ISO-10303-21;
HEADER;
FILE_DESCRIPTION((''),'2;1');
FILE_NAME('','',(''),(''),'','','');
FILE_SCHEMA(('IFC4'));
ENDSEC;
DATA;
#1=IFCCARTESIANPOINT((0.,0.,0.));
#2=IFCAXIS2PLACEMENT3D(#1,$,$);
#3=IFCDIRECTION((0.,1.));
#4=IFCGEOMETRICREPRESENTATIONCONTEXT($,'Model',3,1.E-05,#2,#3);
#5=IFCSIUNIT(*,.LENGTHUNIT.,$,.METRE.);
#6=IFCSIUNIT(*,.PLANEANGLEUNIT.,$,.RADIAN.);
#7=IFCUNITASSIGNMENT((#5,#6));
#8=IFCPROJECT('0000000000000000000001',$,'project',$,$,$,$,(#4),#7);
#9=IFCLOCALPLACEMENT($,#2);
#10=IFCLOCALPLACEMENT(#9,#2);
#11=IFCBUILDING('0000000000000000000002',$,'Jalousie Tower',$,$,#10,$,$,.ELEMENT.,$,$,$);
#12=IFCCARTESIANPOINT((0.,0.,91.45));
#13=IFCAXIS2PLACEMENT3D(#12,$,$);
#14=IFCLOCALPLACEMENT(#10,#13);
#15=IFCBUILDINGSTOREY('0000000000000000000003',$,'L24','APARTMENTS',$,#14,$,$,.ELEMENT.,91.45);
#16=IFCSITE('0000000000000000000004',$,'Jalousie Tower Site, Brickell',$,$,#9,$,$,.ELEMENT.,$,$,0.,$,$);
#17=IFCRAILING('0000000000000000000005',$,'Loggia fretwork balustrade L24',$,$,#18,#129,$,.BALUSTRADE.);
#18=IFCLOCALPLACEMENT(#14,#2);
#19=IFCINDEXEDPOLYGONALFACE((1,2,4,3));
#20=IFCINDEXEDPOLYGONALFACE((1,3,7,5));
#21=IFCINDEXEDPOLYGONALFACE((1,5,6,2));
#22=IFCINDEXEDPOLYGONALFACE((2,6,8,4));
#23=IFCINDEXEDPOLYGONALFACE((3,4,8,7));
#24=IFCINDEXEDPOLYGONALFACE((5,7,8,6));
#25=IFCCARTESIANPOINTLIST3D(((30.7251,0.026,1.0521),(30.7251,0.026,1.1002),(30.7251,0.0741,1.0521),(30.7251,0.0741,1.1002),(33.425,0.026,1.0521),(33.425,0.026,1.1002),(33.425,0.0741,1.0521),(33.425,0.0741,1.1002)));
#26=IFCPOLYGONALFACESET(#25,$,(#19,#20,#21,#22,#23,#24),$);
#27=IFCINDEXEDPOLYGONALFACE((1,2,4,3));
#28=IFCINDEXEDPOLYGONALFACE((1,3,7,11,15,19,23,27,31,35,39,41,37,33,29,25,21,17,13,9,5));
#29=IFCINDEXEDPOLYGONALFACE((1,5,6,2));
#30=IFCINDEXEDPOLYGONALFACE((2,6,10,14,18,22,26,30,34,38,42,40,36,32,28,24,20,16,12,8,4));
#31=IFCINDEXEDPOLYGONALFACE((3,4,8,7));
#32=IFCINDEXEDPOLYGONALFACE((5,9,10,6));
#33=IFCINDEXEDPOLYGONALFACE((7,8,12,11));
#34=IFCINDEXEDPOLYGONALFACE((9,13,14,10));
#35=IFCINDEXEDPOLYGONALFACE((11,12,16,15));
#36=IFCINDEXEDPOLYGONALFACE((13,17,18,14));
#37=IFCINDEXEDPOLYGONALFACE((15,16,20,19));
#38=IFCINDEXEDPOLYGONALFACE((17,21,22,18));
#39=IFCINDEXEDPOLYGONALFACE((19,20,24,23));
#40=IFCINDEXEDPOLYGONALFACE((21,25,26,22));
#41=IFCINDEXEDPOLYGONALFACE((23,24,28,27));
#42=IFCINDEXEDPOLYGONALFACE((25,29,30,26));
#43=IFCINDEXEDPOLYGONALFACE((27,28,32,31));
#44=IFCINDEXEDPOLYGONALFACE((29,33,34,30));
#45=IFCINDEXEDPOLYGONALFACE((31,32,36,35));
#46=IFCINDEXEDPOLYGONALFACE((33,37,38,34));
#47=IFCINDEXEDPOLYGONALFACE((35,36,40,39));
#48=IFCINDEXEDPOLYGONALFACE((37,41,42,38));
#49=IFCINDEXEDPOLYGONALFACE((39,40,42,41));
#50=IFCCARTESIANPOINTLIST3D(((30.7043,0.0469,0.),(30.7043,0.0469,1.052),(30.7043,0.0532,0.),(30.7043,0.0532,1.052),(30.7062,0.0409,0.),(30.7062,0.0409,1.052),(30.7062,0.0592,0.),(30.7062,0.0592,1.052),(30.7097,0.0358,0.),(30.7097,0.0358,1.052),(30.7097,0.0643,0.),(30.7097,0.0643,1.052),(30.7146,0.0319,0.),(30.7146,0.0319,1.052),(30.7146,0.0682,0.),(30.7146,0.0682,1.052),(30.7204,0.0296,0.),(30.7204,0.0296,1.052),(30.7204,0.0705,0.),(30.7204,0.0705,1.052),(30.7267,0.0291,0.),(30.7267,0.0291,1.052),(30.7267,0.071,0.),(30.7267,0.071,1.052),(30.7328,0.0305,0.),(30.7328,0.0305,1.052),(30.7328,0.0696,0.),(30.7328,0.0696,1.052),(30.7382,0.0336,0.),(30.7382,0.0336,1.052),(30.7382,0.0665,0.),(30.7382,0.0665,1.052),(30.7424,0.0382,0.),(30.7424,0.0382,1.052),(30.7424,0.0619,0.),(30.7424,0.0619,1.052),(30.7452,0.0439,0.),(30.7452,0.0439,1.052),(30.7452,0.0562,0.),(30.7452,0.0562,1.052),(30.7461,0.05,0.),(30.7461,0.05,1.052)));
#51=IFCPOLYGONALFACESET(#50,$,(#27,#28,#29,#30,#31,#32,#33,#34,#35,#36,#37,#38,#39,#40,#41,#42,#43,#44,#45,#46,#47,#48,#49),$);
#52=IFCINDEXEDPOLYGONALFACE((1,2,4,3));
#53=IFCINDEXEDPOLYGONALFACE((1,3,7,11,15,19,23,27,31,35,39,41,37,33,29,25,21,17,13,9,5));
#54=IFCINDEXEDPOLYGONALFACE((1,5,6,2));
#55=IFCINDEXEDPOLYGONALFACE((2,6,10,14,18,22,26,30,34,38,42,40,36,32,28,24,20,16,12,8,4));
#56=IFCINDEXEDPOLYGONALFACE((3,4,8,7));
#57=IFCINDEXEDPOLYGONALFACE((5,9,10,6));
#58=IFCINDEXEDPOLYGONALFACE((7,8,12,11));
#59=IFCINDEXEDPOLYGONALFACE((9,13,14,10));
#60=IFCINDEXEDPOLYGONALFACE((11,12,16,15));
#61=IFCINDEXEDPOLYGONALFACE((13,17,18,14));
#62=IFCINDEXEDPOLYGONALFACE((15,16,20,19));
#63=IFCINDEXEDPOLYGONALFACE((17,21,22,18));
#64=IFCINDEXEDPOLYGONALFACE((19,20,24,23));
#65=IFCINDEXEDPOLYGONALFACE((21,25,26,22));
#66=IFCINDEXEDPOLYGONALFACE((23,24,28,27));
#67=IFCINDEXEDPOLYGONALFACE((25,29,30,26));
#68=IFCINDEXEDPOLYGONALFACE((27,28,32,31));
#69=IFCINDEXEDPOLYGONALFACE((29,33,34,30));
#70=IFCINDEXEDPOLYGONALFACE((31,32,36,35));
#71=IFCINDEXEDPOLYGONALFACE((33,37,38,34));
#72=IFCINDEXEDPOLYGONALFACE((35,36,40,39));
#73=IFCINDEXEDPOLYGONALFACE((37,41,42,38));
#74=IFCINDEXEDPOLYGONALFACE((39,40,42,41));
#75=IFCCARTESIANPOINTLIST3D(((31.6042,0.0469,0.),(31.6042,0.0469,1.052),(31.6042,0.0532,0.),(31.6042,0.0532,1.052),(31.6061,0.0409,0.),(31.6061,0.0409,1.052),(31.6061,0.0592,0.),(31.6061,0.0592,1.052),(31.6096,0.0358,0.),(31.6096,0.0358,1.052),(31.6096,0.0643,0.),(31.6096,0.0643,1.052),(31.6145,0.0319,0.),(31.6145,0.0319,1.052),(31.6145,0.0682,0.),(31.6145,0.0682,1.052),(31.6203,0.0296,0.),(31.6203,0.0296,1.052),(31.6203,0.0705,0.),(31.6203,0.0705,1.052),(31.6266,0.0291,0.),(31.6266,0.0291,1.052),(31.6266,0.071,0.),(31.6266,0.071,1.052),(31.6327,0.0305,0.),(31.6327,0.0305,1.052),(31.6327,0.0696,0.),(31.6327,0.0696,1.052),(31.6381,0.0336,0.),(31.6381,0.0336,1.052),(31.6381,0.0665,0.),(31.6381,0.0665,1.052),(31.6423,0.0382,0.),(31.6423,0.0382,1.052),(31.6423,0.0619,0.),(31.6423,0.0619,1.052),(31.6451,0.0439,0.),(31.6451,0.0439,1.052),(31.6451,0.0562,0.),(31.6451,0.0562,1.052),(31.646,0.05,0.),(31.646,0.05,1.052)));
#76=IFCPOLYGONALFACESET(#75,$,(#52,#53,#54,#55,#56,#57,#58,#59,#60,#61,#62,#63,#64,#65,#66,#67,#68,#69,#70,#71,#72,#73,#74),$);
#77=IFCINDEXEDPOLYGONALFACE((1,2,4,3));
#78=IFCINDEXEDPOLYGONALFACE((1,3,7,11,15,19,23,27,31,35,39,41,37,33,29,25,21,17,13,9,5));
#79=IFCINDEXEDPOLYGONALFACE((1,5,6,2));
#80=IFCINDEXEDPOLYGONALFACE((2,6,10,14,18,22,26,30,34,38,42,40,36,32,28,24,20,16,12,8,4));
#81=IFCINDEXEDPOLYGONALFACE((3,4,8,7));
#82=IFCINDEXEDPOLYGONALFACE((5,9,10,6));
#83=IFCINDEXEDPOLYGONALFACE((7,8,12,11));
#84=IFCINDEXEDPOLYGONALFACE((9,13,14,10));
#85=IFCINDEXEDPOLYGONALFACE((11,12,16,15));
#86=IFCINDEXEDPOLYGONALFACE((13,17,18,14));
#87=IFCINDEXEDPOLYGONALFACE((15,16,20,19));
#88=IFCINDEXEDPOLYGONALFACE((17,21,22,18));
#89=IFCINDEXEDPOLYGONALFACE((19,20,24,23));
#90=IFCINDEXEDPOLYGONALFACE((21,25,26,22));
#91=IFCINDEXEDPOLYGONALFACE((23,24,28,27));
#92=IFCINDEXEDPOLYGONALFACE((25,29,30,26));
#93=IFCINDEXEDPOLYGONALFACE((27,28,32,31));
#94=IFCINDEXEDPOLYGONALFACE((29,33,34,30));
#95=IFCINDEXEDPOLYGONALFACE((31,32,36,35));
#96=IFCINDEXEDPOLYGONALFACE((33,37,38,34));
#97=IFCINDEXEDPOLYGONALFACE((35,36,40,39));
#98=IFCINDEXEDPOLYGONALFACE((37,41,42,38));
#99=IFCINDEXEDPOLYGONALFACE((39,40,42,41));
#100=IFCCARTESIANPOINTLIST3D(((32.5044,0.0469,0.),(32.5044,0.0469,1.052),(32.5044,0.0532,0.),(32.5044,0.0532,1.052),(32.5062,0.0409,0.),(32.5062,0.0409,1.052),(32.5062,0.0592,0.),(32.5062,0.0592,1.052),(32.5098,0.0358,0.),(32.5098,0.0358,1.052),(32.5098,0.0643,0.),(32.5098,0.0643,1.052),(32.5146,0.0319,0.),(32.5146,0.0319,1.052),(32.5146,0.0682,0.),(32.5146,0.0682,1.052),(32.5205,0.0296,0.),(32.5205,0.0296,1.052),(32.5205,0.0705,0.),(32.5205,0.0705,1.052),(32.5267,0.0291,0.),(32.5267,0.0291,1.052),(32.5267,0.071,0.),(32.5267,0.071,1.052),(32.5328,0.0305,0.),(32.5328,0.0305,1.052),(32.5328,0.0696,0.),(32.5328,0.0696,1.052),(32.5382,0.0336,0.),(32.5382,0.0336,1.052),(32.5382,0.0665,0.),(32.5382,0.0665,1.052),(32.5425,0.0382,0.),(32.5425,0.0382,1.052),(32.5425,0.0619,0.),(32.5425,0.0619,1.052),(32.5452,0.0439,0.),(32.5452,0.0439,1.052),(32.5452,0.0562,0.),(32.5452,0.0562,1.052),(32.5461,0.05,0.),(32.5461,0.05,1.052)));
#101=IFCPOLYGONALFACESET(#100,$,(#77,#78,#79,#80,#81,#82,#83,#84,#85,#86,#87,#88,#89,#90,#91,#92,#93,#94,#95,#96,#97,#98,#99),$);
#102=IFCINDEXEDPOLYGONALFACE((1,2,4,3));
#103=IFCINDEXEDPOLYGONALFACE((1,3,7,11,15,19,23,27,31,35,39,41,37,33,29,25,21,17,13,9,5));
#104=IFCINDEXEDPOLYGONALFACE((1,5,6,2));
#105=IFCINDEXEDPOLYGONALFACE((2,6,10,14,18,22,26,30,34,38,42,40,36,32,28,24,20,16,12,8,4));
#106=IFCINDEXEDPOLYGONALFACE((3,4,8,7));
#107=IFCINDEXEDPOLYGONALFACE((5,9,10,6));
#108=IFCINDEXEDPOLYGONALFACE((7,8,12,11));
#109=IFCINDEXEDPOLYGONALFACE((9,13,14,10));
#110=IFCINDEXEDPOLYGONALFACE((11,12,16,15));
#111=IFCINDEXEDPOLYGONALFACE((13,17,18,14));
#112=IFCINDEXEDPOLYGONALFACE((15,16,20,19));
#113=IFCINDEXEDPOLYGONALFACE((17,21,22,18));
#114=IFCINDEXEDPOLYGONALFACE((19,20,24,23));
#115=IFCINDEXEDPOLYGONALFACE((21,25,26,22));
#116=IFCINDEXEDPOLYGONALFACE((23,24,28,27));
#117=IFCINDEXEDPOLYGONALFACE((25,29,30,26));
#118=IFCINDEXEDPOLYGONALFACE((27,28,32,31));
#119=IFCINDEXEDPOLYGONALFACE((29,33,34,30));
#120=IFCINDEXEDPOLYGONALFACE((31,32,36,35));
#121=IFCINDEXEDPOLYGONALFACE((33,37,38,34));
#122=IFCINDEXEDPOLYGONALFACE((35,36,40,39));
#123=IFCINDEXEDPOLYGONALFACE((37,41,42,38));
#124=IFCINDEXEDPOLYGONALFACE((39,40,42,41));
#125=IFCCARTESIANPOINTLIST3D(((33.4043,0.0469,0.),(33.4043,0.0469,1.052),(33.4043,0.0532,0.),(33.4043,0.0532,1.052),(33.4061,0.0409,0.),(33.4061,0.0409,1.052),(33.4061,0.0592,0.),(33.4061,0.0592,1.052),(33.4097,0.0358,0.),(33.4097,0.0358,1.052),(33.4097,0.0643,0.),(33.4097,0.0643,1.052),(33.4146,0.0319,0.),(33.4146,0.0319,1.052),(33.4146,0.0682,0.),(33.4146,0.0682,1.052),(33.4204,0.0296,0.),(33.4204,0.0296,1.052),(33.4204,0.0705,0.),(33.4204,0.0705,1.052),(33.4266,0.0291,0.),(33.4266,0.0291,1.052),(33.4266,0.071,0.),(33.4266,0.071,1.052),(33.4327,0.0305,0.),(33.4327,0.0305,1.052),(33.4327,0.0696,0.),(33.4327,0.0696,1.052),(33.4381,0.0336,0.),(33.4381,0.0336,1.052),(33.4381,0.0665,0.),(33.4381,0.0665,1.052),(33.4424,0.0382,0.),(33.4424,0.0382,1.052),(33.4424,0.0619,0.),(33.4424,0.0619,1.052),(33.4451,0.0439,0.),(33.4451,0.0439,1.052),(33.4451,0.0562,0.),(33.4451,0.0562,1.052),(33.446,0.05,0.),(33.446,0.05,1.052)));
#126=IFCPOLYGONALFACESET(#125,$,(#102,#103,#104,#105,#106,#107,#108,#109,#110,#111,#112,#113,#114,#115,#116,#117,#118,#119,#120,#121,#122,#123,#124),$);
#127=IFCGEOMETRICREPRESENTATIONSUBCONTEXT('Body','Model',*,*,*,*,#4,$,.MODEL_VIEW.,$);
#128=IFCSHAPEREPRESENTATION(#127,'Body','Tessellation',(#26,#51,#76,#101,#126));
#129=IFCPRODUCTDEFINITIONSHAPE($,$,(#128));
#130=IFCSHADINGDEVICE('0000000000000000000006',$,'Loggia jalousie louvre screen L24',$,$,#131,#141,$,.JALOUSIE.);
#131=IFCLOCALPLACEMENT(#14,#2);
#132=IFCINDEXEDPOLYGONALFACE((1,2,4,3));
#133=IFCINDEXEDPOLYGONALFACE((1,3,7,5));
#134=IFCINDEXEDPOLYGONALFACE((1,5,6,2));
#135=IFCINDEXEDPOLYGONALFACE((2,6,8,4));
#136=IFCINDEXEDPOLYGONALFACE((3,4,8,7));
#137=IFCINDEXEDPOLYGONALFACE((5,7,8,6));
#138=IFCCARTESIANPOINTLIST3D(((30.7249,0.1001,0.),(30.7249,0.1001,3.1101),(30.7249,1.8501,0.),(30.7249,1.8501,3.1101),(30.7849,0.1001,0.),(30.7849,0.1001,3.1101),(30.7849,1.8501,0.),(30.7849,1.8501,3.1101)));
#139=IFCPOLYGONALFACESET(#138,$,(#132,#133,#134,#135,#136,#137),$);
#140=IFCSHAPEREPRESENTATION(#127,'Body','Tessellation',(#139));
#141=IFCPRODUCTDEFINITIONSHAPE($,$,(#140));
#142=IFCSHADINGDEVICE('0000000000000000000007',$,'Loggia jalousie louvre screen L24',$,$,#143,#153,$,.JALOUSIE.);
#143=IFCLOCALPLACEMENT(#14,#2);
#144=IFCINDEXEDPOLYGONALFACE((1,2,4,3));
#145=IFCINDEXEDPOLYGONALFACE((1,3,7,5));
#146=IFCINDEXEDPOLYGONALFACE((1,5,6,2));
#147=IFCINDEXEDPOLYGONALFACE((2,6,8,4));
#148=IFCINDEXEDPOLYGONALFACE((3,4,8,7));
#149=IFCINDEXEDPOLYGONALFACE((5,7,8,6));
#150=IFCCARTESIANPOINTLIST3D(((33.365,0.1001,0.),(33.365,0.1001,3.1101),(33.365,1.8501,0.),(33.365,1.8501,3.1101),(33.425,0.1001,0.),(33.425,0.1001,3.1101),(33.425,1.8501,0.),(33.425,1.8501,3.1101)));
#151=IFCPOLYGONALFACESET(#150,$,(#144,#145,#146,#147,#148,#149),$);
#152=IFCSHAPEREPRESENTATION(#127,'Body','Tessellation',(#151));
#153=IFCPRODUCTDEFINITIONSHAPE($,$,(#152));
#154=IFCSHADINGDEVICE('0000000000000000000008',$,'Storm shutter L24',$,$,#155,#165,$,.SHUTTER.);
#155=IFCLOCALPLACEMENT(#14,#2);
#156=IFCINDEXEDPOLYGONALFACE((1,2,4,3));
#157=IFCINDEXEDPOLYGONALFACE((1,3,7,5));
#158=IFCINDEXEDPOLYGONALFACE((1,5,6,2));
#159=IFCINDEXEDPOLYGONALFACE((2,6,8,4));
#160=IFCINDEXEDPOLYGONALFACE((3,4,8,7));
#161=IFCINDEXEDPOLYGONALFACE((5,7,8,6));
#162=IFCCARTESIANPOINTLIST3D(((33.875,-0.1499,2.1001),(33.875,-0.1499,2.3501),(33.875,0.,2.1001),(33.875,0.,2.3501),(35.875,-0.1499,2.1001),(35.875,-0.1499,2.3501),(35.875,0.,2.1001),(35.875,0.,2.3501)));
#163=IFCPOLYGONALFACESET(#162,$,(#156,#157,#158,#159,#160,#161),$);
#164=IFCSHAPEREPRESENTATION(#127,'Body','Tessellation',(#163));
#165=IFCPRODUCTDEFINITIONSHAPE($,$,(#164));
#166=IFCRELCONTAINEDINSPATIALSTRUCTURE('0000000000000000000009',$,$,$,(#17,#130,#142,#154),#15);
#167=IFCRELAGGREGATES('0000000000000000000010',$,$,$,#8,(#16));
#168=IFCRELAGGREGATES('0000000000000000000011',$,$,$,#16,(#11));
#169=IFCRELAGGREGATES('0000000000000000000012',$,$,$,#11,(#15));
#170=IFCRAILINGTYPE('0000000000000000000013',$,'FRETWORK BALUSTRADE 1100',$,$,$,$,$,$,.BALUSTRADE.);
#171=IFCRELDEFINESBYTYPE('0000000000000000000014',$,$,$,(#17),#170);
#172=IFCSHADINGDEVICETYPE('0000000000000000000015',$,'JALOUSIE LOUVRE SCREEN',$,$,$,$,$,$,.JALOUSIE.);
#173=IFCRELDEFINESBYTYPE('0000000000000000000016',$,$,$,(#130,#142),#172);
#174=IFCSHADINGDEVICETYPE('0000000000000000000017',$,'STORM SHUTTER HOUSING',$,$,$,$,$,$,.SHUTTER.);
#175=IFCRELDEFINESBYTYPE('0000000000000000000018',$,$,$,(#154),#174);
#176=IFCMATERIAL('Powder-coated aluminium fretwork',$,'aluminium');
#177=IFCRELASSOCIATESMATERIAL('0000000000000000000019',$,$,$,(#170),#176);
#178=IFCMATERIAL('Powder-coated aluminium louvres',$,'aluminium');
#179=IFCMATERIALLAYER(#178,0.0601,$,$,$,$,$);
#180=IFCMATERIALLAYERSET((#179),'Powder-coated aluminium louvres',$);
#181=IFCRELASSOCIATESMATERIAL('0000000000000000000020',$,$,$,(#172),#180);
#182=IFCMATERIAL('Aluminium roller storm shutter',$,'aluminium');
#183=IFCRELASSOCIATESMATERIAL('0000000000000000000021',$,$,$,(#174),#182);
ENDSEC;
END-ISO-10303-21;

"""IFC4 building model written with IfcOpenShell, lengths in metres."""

from ifc_helpers import new_model, si_unit, direction, frame, origin, origin_2d, place, context, subcontext, project, spatial, rectangle, circle, extrude, material, layer, layer_set, type_object, element, save


model = new_model("IFC4")

# Units and contexts
model_context = context("Model", 3, precision=1e-05, world=origin(), true_north=direction((0.0, 1.0)))
body_context = subcontext(model_context, "Body", "Model", "MODEL_VIEW")
ifc_project = project(units=[si_unit("LENGTHUNIT", "METRE"), si_unit("PLANEANGLEUNIT", "RADIAN")], contexts=[model_context])

# Site, building, storey
site_placement = place(None, origin())
site = spatial("IfcSite", under=ifc_project, at=site_placement, Name="Jalousie Tower Site, Brickell", CompositionType="ELEMENT", RefElevation=0.0)
building_placement = place(site_placement, origin())
building = spatial("IfcBuilding", under=site, at=building_placement, Name="Jalousie Tower", CompositionType="ELEMENT")
storey_placement = place(building_placement, frame((0.0, 0.0, 91.45)))
storey = spatial("IfcBuildingStorey", under=building, at=storey_placement, Name="L24", Description="APARTMENTS", CompositionType="ELEMENT", Elevation=91.45)

# Railing
ifc_material_1 = material(Name="Powder-coated aluminium fretwork", Category="aluminium")
railing_type = type_object("IfcRailingType", Name="FRETWORK BALUSTRADE 1100", PredefinedType="BALUSTRADE", material=ifc_material_1)
railing_placement = place(storey_placement, frame((30.7251, 0.05, 0.0)))
element("IfcRailing", 1, at=railing_placement, inside=storey, type_object=railing_type, Name="Loggia fretwork balustrade L24", PredefinedType="BALUSTRADE", context=body_context, shape_type="SweptSolid", body=[
    extrude(rectangle(XDim=0.0481, YDim=0.0481, at=origin_2d()), frame((0.0, 0.0, 1.0762), z_axis=(1.0, 0.0, 0.0), x_axis=(0.0, 1.0, 0.0)), (0.0, 0.0, 1.0), 2.7),
    extrude(circle(Radius=0.021, at=origin_2d()), origin(), (0.0, 0.0, 1.0), 1.052),
    extrude(circle(Radius=0.021, at=origin_2d()), frame((0.8999, 0.0, 0.0)), (0.0, 0.0, 1.0), 1.052),
    extrude(circle(Radius=0.021, at=origin_2d()), frame((1.8, 0.0, 0.0)), (0.0, 0.0, 1.0), 1.052),
    extrude(circle(Radius=0.021, at=origin_2d()), frame((2.7, 0.0, 0.0)), (0.0, 0.0, 1.0), 1.052),
])

# Shading devices
ifc_material_2 = material(Name="Powder-coated aluminium louvres", Category="aluminium")
ifc_layer_1 = layer(ifc_material_2, 0.0601)
ifc_layer_set_1 = layer_set([ifc_layer_1], Name="Powder-coated aluminium louvres")
shading_device_type_1 = type_object("IfcShadingDeviceType", Name="JALOUSIE LOUVRE SCREEN", PredefinedType="JALOUSIE", material=ifc_layer_set_1)
for number, where, z_axis, x_axis, name in (
    (2, (30.7549, 0.9751, 0.0), (0.0, 0.0, 1.0), (1.0, 0.0, 0.0), "Loggia jalousie louvre screen L24"),
    (3, (33.395, 0.9751, 0.0), (0.0, 0.0, 1.0), (1.0, 0.0, 0.0), "Loggia jalousie louvre screen L24"),
):
    element("IfcShadingDevice", number, at=place(storey_placement, frame(where, z_axis=z_axis, x_axis=x_axis)), inside=storey, type_object=shading_device_type_1, Name=name, PredefinedType="JALOUSIE", context=body_context, shape_type="SweptSolid", body=[
        extrude(rectangle(XDim=0.0601, YDim=1.75, at=origin_2d()), origin(), (0.0, 0.0, 1.0), 3.1101),
    ])
ifc_material_3 = material(Name="Aluminium roller storm shutter", Category="aluminium")
shading_device_type_2 = type_object("IfcShadingDeviceType", Name="STORM SHUTTER HOUSING", PredefinedType="SHUTTER", material=ifc_material_3)
shading_device_placement = place(storey_placement, frame((34.875, -0.075, 2.1001), z_axis=(0.0, 0.0, 1.0), x_axis=(1.0, 0.0, 0.0)))
element("IfcShadingDevice", 4, at=shading_device_placement, inside=storey, type_object=shading_device_type_2, Name="Storm shutter L24", PredefinedType="SHUTTER", context=body_context, shape_type="SweptSolid", body=[
    extrude(rectangle(XDim=2.0, YDim=0.1499, at=origin_2d()), origin(), (0.0, 0.0, 1.0), 0.25),
])

save(model, "model.ifc")
